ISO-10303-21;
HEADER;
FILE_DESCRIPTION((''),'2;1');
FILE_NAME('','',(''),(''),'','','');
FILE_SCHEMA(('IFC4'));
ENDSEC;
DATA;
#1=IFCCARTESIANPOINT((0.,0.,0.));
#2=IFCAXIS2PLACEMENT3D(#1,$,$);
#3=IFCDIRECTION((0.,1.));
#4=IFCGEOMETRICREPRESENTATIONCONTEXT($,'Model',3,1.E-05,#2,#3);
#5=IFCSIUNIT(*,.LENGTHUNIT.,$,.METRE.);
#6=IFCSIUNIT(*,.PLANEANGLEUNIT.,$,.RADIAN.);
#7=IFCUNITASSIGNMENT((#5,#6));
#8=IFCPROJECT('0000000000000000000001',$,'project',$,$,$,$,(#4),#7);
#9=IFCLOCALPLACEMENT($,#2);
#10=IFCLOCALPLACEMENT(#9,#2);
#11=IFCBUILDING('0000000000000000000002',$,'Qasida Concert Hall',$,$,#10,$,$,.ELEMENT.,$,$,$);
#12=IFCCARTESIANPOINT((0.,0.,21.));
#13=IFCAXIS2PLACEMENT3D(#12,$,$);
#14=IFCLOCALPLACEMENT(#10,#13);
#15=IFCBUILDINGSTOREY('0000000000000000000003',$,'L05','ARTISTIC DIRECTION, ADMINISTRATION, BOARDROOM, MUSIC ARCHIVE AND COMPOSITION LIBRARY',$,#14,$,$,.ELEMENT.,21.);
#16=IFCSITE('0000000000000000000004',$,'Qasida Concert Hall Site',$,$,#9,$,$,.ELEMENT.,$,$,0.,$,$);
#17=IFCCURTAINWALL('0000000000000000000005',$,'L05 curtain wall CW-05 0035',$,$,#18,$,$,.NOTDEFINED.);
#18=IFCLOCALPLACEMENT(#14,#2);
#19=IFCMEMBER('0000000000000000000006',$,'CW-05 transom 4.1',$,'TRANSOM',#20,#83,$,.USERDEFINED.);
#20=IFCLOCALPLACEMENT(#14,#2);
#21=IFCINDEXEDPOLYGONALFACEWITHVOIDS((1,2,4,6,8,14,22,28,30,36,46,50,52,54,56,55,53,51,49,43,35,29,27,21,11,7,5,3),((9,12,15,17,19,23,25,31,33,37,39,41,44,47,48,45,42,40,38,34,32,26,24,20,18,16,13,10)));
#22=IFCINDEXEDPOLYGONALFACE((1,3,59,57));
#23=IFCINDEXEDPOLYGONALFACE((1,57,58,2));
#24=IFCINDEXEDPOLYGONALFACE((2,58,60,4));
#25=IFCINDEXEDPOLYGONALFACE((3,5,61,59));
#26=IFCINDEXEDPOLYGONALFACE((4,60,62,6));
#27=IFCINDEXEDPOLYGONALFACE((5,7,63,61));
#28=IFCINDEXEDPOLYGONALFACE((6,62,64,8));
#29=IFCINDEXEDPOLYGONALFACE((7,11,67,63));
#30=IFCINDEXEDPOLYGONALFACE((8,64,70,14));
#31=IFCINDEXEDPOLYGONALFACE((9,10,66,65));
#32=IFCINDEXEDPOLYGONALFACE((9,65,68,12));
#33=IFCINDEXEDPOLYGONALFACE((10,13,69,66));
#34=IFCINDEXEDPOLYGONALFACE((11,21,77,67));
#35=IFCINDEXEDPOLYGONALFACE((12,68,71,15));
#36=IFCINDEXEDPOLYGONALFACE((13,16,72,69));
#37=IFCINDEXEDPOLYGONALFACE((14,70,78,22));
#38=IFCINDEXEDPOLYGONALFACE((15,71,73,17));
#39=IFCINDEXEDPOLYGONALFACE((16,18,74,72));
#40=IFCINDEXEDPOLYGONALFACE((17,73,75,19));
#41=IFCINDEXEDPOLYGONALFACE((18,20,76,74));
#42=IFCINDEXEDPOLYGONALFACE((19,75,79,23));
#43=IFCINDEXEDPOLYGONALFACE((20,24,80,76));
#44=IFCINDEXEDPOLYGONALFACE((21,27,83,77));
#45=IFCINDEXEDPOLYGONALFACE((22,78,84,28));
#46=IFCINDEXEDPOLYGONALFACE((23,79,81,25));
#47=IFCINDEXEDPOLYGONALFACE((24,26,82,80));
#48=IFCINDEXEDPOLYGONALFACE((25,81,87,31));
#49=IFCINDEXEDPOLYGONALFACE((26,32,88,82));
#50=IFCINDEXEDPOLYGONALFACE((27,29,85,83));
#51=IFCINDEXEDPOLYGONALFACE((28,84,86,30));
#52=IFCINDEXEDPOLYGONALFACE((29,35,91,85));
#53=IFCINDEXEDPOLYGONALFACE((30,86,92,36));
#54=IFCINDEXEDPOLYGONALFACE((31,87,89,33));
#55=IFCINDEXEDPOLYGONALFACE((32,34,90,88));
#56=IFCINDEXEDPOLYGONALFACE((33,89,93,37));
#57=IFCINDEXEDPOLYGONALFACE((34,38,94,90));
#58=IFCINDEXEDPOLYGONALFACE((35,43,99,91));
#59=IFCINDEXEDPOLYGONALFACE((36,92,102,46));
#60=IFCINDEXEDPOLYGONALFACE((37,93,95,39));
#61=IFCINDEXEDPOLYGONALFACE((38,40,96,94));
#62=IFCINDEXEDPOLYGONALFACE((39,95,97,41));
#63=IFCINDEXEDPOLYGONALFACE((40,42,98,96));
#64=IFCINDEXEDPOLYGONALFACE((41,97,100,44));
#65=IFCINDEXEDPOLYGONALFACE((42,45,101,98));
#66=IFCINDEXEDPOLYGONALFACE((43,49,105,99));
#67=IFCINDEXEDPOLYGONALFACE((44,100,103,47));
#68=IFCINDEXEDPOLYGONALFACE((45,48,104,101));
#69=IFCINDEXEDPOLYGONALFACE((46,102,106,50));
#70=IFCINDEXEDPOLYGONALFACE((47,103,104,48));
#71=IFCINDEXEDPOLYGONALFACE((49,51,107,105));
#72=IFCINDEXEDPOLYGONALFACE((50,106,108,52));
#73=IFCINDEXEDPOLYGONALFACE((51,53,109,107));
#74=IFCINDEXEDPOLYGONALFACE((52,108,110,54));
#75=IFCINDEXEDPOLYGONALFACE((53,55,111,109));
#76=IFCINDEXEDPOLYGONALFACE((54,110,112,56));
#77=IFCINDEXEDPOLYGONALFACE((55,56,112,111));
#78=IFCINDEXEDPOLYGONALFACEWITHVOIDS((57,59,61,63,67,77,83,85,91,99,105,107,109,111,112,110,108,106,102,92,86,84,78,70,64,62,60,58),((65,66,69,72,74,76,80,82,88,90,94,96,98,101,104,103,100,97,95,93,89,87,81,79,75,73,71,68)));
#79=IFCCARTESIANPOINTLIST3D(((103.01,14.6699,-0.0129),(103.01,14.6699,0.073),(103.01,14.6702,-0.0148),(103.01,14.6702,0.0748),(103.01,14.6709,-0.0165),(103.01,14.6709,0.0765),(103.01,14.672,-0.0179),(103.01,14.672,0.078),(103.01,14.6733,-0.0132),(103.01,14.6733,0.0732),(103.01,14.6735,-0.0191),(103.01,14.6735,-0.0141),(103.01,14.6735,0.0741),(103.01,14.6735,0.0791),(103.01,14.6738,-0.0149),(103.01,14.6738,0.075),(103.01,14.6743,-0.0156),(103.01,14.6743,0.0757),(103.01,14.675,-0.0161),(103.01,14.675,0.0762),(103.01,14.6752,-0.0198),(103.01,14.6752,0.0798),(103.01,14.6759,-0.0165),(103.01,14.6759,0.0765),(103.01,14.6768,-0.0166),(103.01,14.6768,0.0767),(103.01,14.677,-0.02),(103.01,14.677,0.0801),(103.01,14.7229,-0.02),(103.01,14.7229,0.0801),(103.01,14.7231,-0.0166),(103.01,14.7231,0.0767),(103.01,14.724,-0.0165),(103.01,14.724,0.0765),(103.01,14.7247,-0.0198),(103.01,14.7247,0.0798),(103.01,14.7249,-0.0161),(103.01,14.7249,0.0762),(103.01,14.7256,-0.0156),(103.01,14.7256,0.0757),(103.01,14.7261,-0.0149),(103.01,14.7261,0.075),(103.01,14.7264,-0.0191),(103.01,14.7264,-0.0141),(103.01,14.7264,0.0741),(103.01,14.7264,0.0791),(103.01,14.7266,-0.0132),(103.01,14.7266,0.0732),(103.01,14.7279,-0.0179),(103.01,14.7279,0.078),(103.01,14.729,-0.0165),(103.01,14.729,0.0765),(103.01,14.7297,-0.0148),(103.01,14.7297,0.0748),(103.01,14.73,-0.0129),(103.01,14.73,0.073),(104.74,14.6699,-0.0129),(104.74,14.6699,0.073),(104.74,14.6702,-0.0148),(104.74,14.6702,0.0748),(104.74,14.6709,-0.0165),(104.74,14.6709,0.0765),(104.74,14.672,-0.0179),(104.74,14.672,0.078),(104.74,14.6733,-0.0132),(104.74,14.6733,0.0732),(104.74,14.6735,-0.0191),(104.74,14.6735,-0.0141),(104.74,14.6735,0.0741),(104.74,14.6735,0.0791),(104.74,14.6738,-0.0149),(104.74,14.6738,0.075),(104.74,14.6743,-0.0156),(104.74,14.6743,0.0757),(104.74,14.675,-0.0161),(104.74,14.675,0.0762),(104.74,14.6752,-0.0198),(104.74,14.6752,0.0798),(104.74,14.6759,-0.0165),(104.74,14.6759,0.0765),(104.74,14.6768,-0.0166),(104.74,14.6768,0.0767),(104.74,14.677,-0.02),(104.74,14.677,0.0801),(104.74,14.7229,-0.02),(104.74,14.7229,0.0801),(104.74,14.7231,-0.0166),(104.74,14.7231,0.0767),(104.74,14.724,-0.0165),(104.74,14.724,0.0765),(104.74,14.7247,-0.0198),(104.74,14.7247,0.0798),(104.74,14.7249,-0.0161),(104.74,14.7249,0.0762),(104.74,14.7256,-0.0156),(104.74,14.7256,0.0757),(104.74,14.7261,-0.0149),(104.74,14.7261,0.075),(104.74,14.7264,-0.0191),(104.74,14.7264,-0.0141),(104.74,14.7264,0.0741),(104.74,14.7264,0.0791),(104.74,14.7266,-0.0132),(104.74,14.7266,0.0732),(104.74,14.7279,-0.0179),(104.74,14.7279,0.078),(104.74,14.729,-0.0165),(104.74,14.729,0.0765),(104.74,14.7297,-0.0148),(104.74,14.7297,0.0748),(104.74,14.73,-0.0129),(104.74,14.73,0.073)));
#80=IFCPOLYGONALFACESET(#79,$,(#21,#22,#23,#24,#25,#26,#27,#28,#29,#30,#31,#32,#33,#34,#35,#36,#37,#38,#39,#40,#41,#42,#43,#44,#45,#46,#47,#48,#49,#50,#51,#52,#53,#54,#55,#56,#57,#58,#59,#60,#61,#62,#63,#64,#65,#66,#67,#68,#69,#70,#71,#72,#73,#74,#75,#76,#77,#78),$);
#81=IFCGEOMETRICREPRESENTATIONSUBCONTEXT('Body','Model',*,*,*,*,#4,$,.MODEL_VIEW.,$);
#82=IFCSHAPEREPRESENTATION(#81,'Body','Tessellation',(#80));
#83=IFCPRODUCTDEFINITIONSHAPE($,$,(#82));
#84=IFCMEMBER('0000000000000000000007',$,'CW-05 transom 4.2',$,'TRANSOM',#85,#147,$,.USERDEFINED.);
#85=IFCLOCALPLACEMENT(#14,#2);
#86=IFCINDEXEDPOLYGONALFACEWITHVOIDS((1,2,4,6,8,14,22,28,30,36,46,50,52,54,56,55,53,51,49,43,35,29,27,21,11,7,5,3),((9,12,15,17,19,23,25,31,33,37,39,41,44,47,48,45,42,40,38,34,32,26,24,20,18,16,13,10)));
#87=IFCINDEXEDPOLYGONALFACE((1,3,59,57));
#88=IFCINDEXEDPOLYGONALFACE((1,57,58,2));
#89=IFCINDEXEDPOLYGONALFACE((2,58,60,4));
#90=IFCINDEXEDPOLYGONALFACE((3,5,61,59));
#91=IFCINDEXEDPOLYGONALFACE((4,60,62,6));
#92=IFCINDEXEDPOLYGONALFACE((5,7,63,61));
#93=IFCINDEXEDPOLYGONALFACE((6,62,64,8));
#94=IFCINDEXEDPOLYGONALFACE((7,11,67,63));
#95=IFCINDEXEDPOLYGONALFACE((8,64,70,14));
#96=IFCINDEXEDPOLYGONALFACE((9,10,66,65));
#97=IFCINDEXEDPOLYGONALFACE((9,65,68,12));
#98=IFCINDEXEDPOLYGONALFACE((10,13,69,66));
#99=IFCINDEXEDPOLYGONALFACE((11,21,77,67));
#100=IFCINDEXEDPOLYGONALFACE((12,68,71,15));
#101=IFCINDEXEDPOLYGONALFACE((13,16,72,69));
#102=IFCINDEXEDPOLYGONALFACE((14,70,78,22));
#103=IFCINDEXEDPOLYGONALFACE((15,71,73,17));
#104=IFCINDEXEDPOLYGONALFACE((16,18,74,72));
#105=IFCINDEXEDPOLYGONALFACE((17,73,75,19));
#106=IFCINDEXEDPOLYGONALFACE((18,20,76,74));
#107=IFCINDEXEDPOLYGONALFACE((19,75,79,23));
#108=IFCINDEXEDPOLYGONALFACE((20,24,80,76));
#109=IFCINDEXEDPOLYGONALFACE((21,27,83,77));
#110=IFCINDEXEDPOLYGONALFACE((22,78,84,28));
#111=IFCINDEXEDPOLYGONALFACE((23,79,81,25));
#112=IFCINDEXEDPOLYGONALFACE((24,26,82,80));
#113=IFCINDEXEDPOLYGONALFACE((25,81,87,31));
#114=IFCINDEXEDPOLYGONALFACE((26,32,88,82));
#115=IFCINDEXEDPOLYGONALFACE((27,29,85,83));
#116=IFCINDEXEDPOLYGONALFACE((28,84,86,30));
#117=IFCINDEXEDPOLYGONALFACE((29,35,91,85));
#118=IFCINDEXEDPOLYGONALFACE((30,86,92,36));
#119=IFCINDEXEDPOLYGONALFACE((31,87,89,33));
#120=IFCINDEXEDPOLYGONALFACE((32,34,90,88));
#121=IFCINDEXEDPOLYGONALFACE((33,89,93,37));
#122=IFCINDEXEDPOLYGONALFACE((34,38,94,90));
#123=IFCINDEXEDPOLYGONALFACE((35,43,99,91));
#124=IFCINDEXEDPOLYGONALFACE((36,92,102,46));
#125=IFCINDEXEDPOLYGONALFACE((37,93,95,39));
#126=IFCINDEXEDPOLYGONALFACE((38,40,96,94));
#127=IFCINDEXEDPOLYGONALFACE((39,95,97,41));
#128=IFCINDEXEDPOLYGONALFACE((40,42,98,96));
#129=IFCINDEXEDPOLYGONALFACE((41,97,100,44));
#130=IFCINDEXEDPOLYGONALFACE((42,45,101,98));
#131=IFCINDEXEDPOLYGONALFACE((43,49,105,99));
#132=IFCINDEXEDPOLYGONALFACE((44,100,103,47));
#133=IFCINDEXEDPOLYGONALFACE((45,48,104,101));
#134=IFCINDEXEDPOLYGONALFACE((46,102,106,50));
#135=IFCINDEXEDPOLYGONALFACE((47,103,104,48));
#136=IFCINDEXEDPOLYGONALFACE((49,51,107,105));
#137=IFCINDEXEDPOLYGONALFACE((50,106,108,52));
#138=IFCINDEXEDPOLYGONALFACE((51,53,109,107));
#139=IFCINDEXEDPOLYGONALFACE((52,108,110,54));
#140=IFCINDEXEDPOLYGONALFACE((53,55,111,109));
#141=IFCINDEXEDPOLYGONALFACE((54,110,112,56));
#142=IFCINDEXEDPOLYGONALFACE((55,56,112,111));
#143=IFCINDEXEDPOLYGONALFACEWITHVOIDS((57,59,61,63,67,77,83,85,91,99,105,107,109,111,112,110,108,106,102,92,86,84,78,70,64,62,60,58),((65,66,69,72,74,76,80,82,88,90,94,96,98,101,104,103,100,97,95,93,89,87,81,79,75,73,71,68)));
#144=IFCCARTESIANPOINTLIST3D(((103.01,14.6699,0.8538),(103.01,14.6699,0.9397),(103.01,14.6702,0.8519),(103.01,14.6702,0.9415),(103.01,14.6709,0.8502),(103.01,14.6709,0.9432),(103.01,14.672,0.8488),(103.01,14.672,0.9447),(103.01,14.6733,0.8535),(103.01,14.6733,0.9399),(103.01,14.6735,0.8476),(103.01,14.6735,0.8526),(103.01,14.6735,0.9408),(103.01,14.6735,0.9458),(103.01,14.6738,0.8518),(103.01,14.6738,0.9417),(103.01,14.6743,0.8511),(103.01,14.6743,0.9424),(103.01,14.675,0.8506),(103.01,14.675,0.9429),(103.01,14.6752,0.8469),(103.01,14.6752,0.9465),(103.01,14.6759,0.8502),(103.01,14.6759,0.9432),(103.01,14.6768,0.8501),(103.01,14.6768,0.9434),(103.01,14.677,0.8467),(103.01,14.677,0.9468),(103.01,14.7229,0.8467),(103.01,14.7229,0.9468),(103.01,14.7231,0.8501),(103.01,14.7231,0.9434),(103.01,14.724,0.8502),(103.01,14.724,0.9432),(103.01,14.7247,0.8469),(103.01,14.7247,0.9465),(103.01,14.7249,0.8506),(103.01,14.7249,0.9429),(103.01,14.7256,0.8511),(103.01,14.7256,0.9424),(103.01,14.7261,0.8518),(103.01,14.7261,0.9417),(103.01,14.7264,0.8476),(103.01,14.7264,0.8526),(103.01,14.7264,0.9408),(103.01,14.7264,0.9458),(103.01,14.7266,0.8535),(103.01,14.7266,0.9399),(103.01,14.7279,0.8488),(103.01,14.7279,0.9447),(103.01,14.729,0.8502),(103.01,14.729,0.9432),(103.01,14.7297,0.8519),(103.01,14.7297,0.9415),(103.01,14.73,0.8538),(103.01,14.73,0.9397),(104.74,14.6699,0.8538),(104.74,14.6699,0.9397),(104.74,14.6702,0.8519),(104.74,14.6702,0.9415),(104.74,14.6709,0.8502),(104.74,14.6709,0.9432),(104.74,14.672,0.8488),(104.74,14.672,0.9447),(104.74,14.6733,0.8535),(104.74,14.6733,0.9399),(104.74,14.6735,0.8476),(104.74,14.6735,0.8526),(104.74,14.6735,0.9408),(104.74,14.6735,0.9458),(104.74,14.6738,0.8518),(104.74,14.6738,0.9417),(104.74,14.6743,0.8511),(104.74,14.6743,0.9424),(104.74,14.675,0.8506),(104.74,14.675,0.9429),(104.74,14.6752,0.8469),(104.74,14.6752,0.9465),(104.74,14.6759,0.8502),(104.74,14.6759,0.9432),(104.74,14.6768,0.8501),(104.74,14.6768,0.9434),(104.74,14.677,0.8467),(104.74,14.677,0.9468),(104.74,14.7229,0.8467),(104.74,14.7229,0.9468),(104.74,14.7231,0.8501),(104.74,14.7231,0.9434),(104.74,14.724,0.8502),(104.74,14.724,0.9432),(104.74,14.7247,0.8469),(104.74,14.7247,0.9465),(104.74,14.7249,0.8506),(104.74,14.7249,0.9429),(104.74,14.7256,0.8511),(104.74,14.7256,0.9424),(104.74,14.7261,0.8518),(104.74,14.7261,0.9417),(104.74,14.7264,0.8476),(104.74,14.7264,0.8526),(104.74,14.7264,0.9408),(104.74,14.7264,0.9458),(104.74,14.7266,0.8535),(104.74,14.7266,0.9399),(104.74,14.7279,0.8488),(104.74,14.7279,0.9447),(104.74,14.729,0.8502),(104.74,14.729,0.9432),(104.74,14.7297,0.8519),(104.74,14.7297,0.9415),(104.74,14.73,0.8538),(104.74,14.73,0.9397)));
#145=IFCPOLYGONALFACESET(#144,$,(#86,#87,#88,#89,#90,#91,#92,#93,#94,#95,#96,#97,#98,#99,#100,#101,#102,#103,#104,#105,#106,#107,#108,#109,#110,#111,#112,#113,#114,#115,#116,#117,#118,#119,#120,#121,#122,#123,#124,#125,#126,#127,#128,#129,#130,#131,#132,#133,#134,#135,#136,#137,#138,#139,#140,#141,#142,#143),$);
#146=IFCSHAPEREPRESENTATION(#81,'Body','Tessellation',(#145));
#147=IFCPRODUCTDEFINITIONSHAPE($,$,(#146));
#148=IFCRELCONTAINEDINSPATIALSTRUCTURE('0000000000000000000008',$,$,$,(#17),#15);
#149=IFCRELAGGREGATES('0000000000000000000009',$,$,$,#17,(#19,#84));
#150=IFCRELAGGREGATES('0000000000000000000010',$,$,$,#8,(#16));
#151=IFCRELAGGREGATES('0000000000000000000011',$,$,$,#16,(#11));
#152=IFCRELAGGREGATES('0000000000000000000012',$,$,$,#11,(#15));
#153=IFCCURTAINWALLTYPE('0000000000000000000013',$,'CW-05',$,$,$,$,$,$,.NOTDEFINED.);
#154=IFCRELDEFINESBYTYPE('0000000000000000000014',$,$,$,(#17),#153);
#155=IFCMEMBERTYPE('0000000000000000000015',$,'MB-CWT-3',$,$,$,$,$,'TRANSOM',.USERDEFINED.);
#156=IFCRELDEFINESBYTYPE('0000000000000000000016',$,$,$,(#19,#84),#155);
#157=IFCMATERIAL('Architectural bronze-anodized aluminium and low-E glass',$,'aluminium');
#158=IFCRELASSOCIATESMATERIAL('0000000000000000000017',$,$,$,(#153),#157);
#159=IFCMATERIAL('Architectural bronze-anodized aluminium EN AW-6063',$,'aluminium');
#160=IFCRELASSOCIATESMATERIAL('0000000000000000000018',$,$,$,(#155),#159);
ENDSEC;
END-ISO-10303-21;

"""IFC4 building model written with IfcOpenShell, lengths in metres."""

from ifc_helpers import new_model, si_unit, direction, frame, origin, origin_2d, place, context, subcontext, project, spatial, hollow_rectangle, extrude, material, material_profile, profile_set, type_object, element, aggregate, save


model = new_model("IFC4")

# Units and contexts
model_context = context("Model", 3, precision=1e-05, world=origin(), true_north=direction((0.0, 1.0)))
body_context = subcontext(model_context, "Body", "Model", "MODEL_VIEW")
ifc_project = project(units=[si_unit("LENGTHUNIT", "METRE"), si_unit("PLANEANGLEUNIT", "RADIAN")], contexts=[model_context])

# Site, building, storey
site_placement = place(None, origin())
site = spatial("IfcSite", under=ifc_project, at=site_placement, Name="Qasida Concert Hall Site", CompositionType="ELEMENT", RefElevation=0.0)
building_placement = place(site_placement, origin())
building = spatial("IfcBuilding", under=site, at=building_placement, Name="Qasida Concert Hall", CompositionType="ELEMENT")
storey_placement = place(building_placement, frame((0.0, 0.0, 21.0)))
storey = spatial("IfcBuildingStorey", under=building, at=storey_placement, Name="L05", Description="ARTISTIC DIRECTION, ADMINISTRATION, BOARDROOM, MUSIC ARCHIVE AND COMPOSITION LIBRARY", CompositionType="ELEMENT", Elevation=21.0)

# Curtain wall, members
ifc_material_1 = material(Name="Architectural bronze-anodized aluminium and low-E glass", Category="aluminium")
curtain_wall_type = type_object("IfcCurtainWallType", Name="CW-05", PredefinedType="NOTDEFINED", material=ifc_material_1)
curtain_wall_placement = place(storey_placement, origin())
curtain_wall = element("IfcCurtainWall", 1, at=curtain_wall_placement, inside=storey, type_object=curtain_wall_type, Name="L05 curtain wall CW-05 0035", PredefinedType="NOTDEFINED")
ifc_material_2 = material(Name="Architectural bronze-anodized aluminium EN AW-6063", Category="aluminium")
ifc_material_profile_1 = material_profile(ifc_material_2, hollow_rectangle(XDim=0.0601, YDim=0.1001, WallThickness=0.0034, InnerFilletRadius=0.0034, OuterFilletRadius=0.0071, at=origin_2d()), Name="CWT 100x60x3.5")
ifc_profile_set_1 = profile_set([ifc_material_profile_1], Name="Architectural bronze-anodized aluminium EN AW-6063")
member_type_1 = type_object("IfcMemberType", Name="MB-CWT-3", ElementType="TRANSOM", PredefinedType="USERDEFINED", material=ifc_profile_set_1)
member_1_placement = place(storey_placement, frame((103.01, 14.7, 0.03), z_axis=(1.0, 0.0, 0.0), x_axis=(0.0, 1.0, 0.0)))
member_1 = element("IfcMember", 2, at=member_1_placement, type_object=member_type_1, Name="CW-05 transom 4.1", ObjectType="TRANSOM", PredefinedType="USERDEFINED", context=body_context, shape_type="SweptSolid", body=[
    extrude(hollow_rectangle(XDim=0.0601, YDim=0.1001, WallThickness=0.0034, InnerFilletRadius=0.0034, OuterFilletRadius=0.0071, at=origin_2d()), origin(), (0.0, 0.0, 1.0), 1.73),
])
member_2_placement = place(storey_placement, frame((103.01, 14.7, 0.8967), z_axis=(1.0, 0.0, 0.0), x_axis=(0.0, 1.0, 0.0)))
member_2 = element("IfcMember", 3, at=member_2_placement, type_object=member_type_1, Name="CW-05 transom 4.2", ObjectType="TRANSOM", PredefinedType="USERDEFINED", context=body_context, shape_type="SweptSolid", body=[
    extrude(hollow_rectangle(XDim=0.0601, YDim=0.1001, WallThickness=0.0034, InnerFilletRadius=0.0034, OuterFilletRadius=0.0071, at=origin_2d()), origin(), (0.0, 0.0, 1.0), 1.73),
])

aggregate(curtain_wall, [member_1, member_2])

save(model, "model.ifc")
